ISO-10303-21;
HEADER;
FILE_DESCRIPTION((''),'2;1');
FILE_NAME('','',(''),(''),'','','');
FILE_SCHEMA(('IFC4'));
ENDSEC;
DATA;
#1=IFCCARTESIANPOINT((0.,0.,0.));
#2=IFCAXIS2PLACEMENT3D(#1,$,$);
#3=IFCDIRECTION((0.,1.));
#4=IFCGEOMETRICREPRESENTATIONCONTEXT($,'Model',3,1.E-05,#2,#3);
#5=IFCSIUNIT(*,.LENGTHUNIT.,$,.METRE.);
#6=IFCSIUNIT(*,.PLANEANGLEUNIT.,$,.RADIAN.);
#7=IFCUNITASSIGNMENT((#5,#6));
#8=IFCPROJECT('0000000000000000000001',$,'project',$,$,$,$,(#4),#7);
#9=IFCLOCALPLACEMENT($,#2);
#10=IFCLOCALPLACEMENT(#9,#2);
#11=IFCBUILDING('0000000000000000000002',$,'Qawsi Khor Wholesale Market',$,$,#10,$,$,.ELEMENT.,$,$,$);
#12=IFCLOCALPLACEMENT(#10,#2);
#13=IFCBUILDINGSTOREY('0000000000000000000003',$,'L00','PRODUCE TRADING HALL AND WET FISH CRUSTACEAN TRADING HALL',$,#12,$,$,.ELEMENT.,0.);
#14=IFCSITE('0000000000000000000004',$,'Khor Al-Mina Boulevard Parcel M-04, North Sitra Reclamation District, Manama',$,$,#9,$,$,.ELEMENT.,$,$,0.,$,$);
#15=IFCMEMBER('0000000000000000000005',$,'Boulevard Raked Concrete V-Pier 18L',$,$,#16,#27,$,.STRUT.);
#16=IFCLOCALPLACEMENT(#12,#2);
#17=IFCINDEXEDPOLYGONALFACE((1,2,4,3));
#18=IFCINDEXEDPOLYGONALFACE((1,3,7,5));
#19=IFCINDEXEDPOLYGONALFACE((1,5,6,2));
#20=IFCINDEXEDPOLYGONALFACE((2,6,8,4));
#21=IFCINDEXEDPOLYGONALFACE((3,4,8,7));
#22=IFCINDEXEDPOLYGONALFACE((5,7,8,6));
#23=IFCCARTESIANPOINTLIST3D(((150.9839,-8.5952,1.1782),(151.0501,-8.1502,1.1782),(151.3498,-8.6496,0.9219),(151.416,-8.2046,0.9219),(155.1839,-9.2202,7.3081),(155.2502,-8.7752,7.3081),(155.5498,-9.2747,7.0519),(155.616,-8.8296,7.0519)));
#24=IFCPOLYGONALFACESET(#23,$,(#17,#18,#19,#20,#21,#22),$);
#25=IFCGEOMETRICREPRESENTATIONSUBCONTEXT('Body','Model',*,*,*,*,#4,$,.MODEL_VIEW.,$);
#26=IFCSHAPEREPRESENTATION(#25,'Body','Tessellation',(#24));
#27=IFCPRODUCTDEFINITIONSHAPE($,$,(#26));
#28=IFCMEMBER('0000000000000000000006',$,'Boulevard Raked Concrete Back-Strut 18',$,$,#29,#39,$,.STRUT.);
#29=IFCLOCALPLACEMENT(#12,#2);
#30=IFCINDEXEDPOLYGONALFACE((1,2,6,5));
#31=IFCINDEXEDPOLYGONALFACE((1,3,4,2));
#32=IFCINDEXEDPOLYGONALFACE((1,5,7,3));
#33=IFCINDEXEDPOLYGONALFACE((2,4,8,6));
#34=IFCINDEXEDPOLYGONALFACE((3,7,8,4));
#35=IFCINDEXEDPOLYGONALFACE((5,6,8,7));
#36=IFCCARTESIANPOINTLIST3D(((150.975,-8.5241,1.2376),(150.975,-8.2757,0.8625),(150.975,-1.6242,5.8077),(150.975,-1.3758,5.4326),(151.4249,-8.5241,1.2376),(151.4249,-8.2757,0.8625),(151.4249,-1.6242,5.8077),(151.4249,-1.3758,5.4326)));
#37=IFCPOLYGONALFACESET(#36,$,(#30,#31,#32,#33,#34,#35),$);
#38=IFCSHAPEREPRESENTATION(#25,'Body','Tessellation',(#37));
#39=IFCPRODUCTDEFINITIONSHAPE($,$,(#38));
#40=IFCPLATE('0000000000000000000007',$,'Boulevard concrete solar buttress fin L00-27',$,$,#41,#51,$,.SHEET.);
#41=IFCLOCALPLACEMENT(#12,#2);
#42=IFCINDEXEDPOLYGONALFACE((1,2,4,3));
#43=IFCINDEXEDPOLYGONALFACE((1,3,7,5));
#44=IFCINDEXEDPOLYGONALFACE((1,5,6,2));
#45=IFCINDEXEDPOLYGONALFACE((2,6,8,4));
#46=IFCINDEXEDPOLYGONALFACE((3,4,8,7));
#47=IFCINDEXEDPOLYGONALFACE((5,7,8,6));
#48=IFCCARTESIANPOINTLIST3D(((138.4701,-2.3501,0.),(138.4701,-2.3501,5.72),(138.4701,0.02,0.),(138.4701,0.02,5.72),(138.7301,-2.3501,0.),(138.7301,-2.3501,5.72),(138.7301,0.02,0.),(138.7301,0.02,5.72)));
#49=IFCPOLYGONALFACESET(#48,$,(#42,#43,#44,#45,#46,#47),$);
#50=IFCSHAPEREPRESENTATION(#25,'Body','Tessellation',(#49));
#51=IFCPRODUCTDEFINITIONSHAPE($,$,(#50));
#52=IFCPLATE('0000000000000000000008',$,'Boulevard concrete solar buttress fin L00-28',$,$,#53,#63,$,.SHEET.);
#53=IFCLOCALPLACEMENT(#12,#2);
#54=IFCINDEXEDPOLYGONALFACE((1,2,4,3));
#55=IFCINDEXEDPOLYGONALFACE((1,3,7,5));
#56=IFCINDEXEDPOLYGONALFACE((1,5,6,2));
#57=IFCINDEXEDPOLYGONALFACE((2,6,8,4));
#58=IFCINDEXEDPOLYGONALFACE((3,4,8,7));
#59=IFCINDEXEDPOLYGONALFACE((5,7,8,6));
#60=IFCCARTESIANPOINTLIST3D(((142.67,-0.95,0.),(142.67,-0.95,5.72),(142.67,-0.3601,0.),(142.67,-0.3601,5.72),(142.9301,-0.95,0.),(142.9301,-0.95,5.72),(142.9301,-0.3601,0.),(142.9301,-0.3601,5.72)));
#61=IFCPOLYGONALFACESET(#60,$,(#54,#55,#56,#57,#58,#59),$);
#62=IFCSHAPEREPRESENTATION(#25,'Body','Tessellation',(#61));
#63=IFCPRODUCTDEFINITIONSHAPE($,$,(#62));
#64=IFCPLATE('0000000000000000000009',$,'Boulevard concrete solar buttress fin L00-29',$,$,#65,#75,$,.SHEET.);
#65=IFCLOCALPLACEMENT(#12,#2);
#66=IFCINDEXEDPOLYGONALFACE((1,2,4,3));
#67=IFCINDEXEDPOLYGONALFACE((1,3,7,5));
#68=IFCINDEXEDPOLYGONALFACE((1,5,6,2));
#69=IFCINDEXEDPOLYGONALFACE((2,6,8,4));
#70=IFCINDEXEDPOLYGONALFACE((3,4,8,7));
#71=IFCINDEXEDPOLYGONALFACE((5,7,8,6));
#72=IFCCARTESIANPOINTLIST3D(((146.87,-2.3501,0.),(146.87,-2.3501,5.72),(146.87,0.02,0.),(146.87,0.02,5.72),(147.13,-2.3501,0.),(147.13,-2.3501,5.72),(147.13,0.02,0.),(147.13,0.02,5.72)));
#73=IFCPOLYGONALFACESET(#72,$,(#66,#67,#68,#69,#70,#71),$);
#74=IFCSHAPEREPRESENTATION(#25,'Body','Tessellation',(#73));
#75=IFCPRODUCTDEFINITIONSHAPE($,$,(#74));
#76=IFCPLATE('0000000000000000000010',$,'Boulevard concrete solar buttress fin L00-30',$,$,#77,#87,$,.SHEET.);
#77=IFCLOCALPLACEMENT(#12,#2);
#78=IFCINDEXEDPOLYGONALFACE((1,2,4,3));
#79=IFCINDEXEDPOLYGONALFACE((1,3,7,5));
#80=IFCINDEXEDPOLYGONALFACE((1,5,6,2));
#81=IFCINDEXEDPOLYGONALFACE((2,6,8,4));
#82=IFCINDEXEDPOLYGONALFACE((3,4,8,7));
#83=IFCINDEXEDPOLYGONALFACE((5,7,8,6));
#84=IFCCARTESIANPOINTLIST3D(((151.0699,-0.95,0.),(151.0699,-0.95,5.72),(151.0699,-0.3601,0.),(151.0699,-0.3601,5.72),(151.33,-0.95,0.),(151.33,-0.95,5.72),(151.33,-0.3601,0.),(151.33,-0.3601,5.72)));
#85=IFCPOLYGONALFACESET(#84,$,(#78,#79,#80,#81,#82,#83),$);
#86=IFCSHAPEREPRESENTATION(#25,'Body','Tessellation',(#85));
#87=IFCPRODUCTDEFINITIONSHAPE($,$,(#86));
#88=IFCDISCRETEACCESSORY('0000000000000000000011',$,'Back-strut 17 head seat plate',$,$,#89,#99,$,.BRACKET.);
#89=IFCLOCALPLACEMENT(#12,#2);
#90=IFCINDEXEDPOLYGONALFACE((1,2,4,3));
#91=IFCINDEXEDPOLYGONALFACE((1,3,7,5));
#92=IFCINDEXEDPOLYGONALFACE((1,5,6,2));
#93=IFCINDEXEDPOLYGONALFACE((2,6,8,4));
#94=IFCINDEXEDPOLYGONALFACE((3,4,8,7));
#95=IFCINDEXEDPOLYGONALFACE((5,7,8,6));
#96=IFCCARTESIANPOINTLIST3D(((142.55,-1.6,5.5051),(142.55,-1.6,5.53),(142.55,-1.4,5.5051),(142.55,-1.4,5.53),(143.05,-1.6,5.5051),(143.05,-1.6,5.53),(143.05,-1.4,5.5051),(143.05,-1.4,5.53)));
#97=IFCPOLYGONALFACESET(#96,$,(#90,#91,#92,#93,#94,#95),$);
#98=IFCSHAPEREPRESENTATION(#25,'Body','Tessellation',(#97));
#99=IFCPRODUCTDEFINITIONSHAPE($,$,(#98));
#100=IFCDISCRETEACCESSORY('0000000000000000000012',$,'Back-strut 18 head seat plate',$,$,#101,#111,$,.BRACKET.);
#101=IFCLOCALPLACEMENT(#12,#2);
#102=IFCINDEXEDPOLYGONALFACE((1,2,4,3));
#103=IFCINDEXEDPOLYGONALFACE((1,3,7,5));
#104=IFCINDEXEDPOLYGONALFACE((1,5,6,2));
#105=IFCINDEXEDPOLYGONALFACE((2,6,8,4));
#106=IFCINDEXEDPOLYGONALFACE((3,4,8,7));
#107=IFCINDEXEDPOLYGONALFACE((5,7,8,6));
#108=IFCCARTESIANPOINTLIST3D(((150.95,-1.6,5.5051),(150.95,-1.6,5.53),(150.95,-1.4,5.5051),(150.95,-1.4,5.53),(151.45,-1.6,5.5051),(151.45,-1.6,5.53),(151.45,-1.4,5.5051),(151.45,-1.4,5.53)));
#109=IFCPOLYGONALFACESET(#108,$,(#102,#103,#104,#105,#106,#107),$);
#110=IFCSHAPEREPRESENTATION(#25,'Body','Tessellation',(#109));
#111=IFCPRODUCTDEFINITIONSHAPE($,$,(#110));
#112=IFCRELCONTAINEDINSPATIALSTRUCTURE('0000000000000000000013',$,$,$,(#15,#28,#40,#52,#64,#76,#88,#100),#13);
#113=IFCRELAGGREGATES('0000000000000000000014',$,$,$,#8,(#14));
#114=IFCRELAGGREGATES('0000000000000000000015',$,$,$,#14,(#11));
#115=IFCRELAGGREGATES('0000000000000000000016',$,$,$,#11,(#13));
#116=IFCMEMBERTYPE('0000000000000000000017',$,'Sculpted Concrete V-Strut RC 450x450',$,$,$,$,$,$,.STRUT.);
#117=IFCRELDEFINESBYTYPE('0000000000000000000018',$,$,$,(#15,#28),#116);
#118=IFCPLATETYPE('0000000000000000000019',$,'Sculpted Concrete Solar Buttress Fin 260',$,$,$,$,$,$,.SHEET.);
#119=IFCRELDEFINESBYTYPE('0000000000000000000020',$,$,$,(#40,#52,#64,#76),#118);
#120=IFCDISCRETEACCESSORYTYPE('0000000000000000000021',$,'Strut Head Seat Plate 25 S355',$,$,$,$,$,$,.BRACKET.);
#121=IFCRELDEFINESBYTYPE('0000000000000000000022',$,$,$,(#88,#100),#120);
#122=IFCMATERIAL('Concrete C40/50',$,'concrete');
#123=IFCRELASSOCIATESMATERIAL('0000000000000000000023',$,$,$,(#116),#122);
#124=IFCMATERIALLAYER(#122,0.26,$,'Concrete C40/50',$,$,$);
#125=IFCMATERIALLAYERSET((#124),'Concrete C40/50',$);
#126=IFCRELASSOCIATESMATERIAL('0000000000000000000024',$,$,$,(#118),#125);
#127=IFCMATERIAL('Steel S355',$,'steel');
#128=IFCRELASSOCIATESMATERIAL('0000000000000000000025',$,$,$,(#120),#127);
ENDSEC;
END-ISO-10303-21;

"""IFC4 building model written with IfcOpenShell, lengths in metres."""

from ifc_helpers import new_model, si_unit, direction, frame, frame_2d, origin, origin_2d, place, context, subcontext, project, spatial, rectangle, extrude, material, layer, layer_set, material_profile, profile_set, type_object, element, save


model = new_model("IFC4")

# Units and contexts
model_context = context("Model", 3, precision=1e-05, world=origin(), true_north=direction((0.0, 1.0)))
body_context = subcontext(model_context, "Body", "Model", "MODEL_VIEW")
ifc_project = project(units=[si_unit("LENGTHUNIT", "METRE"), si_unit("PLANEANGLEUNIT", "RADIAN")], contexts=[model_context])

# Site, building, storey
site_placement = place(None, origin())
site = spatial("IfcSite", under=ifc_project, at=site_placement, Name="Khor Al-Mina Boulevard Parcel M-04, North Sitra Reclamation District, Manama", CompositionType="ELEMENT", RefElevation=0.0)
building_placement = place(site_placement, origin())
building = spatial("IfcBuilding", under=site, at=building_placement, Name="Qawsi Khor Wholesale Market", CompositionType="ELEMENT")
storey_placement = place(building_placement, origin())
storey = spatial("IfcBuildingStorey", under=building, at=storey_placement, Name="L00", Description="PRODUCE TRADING HALL AND WET FISH CRUSTACEAN TRADING HALL", CompositionType="ELEMENT", Elevation=0.0)

# Shared definitions
ifc_material_1 = material(Name="Concrete C40/50", Category="concrete")

# Members
ifc_material_profile_1 = material_profile(ifc_material_1, rectangle(XDim=0.45, YDim=0.45, at=origin_2d()), Name="RC 450x450")
ifc_profile_set_1 = profile_set([ifc_material_profile_1], Name="Concrete C40/50")
member_type = type_object("IfcMemberType", Name="Sculpted Concrete V-Strut RC 450x450", PredefinedType="STRUT", material=ifc_profile_set_1)
member_1_placement = place(storey_placement, frame((151.2, -8.3999, 1.05), z_axis=(0.563229, -0.083815, 0.822039), x_axis=(0.14719, 0.989108, 0.0)))
element("IfcMember", 1, at=member_1_placement, inside=storey, type_object=member_type, Name="Boulevard Raked Concrete V-Pier 18L", PredefinedType="STRUT", context=body_context, shape_type="SweptSolid", body=[
    extrude(rectangle(XDim=0.45, YDim=0.45, at=origin_2d()), origin(), (0.0, 0.0, 1.0), 7.457),
])
member_2_placement = place(storey_placement, frame((151.2, -8.3999, 1.05), z_axis=(0.0, 0.833712, 0.552199), x_axis=(-1.0, 0.0, 0.0)))
element("IfcMember", 2, at=member_2_placement, inside=storey, type_object=member_type, Name="Boulevard Raked Concrete Back-Strut 18", PredefinedType="STRUT", context=body_context, shape_type="SweptSolid", body=[
    extrude(rectangle(XDim=0.45, YDim=0.45, at=origin_2d()), origin(), (0.0, 0.0, 1.0), 8.2761),
])

# Plates
ifc_layer_1 = layer(ifc_material_1, 0.26, Name="Concrete C40/50")
ifc_layer_set_1 = layer_set([ifc_layer_1], Name="Concrete C40/50")
plate_type = type_object("IfcPlateType", Name="Sculpted Concrete Solar Buttress Fin 260", PredefinedType="SHEET", material=ifc_layer_set_1)
plate_1_placement = place(storey_placement, frame((138.6001, -2.3501, 0.0), z_axis=(0.0, 0.0, 1.0), x_axis=(0.0, 1.0, 0.0)))
element("IfcPlate", 3, at=plate_1_placement, inside=storey, type_object=plate_type, Name="Boulevard concrete solar buttress fin L00-27", PredefinedType="SHEET", context=body_context, shape_type="SweptSolid", body=[
    extrude(rectangle(XDim=2.3701, YDim=0.26, at=frame_2d((1.1851, 0.0))), origin(), (0.0, 0.0, 1.0), 5.72),
])
plate_2_placement = place(storey_placement, frame((142.8, -0.95, 0.0), z_axis=(0.0, 0.0, 1.0), x_axis=(0.0, 1.0, 0.0)))
element("IfcPlate", 4, at=plate_2_placement, inside=storey, type_object=plate_type, Name="Boulevard concrete solar buttress fin L00-28", PredefinedType="SHEET", context=body_context, shape_type="SweptSolid", body=[
    extrude(rectangle(XDim=0.5898, YDim=0.26, at=frame_2d((0.2949, 0.0))), origin(), (0.0, 0.0, 1.0), 5.72),
])
plate_3_placement = place(storey_placement, frame((147.0, -2.3501, 0.0), z_axis=(0.0, 0.0, 1.0), x_axis=(0.0, 1.0, 0.0)))
element("IfcPlate", 5, at=plate_3_placement, inside=storey, type_object=plate_type, Name="Boulevard concrete solar buttress fin L00-29", PredefinedType="SHEET", context=body_context, shape_type="SweptSolid", body=[
    extrude(rectangle(XDim=2.3701, YDim=0.26, at=frame_2d((1.1851, 0.0))), origin(), (0.0, 0.0, 1.0), 5.72),
])
plate_4_placement = place(storey_placement, frame((151.2, -0.95, 0.0), z_axis=(0.0, 0.0, 1.0), x_axis=(0.0, 1.0, 0.0)))
element("IfcPlate", 6, at=plate_4_placement, inside=storey, type_object=plate_type, Name="Boulevard concrete solar buttress fin L00-30", PredefinedType="SHEET", context=body_context, shape_type="SweptSolid", body=[
    extrude(rectangle(XDim=0.5898, YDim=0.26, at=frame_2d((0.2949, 0.0))), origin(), (0.0, 0.0, 1.0), 5.72),
])

# Discrete accessories
ifc_material_2 = material(Name="Steel S355", Category="steel")
discrete_accessory_type = type_object("IfcDiscreteAccessoryType", Name="Strut Head Seat Plate 25 S355", PredefinedType="BRACKET", material=ifc_material_2)
for number, where, z_axis, x_axis, name in (
    (7, (142.8, -1.5, 5.5051), (0.0, 0.0, 1.0), (1.0, 0.0, 0.0), "Back-strut 17 head seat plate"),
    (8, (151.2, -1.5, 5.5051), (0.0, 0.0, 1.0), (1.0, 0.0, 0.0), "Back-strut 18 head seat plate"),
):
    element("IfcDiscreteAccessory", number, at=place(storey_placement, frame(where, z_axis=z_axis, x_axis=x_axis)), inside=storey, type_object=discrete_accessory_type, Name=name, PredefinedType="BRACKET", context=body_context, shape_type="SweptSolid", body=[
        extrude(rectangle(XDim=0.5, YDim=0.2, at=origin_2d()), origin(), (0.0, 0.0, 1.0), 0.0249),
    ])

save(model, "model.ifc")
